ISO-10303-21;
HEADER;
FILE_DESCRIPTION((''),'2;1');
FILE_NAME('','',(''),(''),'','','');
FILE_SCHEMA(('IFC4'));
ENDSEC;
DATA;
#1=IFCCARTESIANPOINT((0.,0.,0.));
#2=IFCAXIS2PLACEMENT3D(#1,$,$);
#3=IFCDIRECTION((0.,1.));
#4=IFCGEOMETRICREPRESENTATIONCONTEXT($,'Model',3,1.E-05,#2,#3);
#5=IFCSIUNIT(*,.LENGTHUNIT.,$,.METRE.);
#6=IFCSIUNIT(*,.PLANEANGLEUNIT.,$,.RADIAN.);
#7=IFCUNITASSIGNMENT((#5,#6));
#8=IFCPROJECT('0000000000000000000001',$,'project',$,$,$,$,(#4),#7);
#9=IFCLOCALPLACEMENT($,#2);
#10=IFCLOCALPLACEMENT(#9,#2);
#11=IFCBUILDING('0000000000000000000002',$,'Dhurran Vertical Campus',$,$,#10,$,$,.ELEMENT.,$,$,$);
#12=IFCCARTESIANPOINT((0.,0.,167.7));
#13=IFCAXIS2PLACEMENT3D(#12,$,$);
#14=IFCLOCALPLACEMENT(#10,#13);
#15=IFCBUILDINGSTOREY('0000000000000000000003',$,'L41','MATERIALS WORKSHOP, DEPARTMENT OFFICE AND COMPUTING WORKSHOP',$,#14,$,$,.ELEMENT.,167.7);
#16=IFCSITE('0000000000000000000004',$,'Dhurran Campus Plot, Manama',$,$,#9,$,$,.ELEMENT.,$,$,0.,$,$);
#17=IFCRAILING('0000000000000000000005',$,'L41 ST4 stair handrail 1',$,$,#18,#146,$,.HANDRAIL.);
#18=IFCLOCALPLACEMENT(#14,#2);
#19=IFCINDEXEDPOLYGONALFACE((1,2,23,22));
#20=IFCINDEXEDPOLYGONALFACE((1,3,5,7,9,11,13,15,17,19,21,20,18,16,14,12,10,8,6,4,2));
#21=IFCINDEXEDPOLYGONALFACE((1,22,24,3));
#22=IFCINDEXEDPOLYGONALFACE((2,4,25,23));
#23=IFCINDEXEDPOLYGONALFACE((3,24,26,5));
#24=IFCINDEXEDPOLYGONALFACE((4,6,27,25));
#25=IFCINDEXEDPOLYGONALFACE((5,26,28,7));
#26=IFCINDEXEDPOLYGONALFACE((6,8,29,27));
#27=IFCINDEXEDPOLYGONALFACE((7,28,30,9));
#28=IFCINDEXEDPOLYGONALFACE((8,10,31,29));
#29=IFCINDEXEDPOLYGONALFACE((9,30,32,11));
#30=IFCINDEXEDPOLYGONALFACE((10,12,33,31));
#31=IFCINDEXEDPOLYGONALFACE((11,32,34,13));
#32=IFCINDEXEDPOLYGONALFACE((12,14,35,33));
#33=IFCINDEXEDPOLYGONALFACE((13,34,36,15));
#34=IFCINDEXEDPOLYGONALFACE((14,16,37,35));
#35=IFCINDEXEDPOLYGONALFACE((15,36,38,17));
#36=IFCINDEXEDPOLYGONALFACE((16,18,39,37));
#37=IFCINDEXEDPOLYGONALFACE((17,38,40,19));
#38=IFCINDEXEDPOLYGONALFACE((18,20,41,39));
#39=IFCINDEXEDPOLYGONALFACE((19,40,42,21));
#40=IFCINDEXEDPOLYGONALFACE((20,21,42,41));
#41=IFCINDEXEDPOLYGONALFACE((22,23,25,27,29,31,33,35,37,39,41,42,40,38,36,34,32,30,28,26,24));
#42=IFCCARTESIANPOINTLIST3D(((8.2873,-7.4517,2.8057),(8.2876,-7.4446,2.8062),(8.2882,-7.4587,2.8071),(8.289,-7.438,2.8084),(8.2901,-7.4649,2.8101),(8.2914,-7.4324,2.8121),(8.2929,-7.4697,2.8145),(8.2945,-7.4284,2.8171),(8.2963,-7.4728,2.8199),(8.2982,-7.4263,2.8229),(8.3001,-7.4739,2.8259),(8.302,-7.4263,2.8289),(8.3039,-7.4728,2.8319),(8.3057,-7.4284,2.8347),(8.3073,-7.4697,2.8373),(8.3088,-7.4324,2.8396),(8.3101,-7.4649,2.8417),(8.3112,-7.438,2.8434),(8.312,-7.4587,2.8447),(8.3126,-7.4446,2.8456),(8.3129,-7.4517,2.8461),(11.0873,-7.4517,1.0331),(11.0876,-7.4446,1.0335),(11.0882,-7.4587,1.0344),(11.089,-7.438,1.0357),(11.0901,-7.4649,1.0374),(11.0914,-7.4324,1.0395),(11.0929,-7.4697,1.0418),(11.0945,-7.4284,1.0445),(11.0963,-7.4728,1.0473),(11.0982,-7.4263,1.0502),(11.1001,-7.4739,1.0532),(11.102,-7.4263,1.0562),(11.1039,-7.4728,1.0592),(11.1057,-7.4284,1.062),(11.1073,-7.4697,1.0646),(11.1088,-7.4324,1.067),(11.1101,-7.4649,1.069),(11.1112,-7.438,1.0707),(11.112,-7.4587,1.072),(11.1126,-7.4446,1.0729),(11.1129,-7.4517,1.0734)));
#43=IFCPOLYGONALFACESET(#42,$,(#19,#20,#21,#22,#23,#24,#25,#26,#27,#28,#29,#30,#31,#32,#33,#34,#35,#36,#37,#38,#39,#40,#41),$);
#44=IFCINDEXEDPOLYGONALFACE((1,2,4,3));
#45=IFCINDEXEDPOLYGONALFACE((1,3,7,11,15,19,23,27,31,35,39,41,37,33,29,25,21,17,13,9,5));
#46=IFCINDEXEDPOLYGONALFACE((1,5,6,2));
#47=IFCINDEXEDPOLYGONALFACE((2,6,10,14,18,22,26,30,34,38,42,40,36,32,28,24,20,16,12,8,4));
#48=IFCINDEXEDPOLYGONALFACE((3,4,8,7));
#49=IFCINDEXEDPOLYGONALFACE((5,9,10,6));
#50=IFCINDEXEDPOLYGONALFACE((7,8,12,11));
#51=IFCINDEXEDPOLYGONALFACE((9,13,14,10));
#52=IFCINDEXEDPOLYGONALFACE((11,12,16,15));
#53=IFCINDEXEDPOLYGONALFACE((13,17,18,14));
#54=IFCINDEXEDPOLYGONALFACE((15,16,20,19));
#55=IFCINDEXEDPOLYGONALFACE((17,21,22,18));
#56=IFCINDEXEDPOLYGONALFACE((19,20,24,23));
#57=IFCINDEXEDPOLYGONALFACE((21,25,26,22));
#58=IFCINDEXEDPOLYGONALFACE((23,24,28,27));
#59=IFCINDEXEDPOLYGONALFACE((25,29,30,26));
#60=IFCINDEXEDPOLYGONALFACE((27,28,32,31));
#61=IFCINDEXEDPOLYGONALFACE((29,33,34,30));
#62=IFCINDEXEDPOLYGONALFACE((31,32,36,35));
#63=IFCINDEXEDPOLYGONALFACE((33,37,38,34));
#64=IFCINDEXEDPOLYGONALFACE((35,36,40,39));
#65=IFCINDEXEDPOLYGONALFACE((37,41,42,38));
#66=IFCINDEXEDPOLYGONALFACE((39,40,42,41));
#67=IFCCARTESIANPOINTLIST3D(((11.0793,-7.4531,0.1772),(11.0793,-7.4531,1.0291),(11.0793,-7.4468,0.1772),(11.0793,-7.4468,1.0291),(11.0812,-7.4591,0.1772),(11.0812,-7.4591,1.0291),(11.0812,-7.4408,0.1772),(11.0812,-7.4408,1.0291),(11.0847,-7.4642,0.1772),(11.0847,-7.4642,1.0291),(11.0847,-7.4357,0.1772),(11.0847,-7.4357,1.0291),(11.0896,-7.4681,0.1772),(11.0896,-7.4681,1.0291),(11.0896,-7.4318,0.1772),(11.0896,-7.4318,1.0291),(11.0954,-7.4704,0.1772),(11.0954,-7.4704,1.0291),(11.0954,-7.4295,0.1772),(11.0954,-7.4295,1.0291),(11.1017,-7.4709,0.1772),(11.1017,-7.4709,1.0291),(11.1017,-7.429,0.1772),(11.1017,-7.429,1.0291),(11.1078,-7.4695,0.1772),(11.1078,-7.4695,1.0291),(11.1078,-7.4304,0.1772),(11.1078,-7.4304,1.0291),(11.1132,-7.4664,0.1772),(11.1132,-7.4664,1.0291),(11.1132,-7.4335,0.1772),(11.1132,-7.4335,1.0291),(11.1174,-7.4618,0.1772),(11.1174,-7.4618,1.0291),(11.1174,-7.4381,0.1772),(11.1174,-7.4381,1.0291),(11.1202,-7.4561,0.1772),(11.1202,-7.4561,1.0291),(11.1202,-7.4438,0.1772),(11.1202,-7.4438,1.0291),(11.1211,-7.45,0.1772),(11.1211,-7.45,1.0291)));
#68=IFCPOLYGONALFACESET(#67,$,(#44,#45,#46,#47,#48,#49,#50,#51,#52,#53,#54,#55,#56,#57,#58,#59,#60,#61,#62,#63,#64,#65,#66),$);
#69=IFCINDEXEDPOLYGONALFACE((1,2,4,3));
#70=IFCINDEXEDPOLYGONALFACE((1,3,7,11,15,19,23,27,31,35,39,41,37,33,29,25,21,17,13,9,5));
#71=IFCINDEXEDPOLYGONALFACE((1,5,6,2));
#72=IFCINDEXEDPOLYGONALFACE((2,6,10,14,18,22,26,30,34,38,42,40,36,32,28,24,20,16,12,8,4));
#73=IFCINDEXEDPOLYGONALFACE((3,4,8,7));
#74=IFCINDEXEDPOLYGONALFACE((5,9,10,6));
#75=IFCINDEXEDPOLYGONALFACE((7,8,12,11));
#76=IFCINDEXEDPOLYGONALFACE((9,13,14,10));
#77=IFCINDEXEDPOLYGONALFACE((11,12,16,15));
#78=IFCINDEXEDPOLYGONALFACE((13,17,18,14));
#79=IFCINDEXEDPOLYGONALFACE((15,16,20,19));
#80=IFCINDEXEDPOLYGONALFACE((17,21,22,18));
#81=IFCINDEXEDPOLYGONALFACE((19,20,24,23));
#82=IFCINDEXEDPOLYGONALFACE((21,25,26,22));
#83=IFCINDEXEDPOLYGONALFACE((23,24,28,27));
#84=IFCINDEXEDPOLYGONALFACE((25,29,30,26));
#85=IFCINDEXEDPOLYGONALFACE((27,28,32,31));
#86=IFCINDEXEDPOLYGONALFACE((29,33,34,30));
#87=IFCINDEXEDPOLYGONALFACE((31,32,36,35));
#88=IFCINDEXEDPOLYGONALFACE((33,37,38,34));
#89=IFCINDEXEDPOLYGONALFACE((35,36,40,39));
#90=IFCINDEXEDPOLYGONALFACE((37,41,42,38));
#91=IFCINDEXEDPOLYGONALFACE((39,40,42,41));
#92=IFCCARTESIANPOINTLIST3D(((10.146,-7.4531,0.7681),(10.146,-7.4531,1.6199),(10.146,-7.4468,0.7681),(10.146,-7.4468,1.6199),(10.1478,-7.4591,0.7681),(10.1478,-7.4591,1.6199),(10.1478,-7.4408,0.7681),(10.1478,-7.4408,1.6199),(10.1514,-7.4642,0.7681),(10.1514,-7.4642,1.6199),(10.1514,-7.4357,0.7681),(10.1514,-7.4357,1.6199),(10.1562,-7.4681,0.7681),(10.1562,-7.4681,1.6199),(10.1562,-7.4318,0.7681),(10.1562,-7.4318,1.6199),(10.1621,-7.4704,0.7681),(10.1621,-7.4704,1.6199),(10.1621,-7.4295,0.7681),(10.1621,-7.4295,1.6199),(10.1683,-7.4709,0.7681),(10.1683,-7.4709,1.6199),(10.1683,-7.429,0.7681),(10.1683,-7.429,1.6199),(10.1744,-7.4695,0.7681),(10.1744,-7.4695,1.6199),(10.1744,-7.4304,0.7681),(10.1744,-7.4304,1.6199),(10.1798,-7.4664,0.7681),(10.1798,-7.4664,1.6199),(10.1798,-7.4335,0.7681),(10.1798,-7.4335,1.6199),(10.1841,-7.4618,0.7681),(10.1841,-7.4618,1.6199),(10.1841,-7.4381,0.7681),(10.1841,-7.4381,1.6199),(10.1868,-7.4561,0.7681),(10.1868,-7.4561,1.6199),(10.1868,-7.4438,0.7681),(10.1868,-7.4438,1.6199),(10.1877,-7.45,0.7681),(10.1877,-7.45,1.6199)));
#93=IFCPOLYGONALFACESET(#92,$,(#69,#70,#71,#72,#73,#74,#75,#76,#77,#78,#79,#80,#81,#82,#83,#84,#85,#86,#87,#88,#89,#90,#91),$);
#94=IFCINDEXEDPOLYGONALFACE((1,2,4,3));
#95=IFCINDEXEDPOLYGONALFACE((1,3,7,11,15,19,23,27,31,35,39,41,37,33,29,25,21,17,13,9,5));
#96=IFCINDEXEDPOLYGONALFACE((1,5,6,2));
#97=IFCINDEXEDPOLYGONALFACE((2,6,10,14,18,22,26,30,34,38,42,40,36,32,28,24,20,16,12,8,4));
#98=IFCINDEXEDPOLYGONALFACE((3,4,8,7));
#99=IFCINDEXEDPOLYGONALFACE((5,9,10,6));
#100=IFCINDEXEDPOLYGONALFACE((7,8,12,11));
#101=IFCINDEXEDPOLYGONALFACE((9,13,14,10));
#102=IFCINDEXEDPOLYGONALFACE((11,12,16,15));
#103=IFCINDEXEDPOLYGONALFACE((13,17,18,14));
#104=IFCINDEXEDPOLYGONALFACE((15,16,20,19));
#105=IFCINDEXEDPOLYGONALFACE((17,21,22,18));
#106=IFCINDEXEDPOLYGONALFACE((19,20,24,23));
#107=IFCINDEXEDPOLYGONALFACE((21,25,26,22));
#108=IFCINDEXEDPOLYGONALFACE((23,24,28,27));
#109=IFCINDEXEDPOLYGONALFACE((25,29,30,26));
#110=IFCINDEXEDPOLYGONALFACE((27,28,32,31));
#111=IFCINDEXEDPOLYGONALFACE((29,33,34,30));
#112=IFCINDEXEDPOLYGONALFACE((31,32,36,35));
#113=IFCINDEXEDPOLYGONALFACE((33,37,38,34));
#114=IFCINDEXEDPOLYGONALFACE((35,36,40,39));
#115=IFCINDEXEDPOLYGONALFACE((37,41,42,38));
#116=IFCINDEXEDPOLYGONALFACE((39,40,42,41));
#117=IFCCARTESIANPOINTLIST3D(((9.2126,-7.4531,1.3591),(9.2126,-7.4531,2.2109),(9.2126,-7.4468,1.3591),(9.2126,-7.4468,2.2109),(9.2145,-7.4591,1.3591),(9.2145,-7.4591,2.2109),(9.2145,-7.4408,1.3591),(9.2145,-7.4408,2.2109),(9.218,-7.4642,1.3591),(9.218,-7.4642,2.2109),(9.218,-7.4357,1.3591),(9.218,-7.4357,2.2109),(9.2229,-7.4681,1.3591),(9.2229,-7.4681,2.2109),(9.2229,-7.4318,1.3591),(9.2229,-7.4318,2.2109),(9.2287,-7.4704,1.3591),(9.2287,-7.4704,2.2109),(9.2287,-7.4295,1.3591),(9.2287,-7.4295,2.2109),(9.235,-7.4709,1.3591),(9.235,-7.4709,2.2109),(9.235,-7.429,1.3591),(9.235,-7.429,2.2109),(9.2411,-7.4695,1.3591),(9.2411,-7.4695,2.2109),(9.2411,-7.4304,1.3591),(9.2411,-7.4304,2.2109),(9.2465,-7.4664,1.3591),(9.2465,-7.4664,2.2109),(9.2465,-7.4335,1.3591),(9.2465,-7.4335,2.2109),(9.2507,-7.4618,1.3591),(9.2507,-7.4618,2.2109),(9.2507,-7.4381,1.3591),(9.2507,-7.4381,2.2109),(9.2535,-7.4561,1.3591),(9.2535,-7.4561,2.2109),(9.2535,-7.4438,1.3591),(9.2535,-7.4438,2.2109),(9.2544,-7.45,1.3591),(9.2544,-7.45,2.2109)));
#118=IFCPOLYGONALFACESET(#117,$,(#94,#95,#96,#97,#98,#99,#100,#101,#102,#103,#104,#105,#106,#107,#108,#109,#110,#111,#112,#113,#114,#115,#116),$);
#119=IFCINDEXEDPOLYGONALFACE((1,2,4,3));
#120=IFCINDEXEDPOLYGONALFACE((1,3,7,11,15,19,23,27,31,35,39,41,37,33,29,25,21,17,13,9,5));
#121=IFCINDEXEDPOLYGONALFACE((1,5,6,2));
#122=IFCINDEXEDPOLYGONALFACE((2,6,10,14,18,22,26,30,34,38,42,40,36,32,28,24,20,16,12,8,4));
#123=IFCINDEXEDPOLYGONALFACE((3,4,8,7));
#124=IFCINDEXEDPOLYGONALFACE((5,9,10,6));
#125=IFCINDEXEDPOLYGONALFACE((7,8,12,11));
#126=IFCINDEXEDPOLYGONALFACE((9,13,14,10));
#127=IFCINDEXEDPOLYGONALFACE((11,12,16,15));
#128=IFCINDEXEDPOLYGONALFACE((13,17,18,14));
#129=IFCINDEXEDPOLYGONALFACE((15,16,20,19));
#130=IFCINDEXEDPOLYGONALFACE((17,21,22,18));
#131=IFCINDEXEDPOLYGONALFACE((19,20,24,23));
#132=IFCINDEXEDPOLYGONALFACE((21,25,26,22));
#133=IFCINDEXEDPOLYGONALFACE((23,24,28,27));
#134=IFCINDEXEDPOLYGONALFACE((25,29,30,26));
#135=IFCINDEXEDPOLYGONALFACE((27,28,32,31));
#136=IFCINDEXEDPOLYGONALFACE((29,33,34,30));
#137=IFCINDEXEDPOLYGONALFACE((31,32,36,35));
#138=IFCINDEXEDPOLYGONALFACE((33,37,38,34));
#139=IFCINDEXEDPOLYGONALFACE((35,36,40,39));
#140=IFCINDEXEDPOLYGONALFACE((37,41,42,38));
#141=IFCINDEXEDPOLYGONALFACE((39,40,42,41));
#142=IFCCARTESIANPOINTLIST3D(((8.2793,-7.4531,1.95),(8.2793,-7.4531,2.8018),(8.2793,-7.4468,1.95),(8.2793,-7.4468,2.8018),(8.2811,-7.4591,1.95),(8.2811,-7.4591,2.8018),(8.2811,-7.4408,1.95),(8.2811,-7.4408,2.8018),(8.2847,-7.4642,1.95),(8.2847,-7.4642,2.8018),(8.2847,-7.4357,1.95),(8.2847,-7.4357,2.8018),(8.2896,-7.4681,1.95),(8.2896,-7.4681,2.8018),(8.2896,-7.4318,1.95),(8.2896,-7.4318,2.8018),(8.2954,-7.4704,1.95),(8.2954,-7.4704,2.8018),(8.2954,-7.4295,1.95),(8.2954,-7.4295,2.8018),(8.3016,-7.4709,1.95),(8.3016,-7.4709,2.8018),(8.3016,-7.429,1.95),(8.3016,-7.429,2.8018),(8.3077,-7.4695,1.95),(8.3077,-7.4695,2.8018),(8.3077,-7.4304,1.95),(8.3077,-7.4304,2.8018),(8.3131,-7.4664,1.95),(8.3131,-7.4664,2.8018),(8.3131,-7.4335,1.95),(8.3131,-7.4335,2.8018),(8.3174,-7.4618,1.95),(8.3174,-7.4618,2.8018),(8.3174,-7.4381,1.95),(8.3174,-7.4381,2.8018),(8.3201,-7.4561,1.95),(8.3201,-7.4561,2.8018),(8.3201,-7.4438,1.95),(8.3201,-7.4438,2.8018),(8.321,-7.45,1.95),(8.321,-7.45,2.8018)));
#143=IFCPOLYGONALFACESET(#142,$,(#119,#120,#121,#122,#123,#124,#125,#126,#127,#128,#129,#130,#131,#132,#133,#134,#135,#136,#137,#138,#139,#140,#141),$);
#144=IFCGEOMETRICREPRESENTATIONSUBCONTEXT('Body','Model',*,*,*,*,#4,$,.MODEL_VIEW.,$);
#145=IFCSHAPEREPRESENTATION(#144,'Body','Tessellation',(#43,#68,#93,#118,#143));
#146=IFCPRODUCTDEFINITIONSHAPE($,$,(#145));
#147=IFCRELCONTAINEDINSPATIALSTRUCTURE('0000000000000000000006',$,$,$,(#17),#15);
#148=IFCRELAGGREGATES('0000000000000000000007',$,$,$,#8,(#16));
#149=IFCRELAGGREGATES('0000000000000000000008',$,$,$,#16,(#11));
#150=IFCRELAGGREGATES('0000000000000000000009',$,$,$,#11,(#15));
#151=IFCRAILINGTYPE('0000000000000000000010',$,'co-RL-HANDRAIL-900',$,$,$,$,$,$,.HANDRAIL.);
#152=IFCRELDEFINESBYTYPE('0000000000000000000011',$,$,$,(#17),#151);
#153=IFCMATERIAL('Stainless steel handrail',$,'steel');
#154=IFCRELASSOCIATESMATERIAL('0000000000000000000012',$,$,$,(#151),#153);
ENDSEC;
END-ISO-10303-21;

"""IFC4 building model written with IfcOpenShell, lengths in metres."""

from ifc_helpers import new_model, si_unit, direction, frame, origin, origin_2d, place, context, subcontext, project, spatial, circle, extrude, material, type_object, element, save


model = new_model("IFC4")

# Units and contexts
model_context = context("Model", 3, precision=1e-05, world=origin(), true_north=direction((0.0, 1.0)))
body_context = subcontext(model_context, "Body", "Model", "MODEL_VIEW")
ifc_project = project(units=[si_unit("LENGTHUNIT", "METRE"), si_unit("PLANEANGLEUNIT", "RADIAN")], contexts=[model_context])

# Site, building, storey
site_placement = place(None, origin())
site = spatial("IfcSite", under=ifc_project, at=site_placement, Name="Dhurran Campus Plot, Manama", CompositionType="ELEMENT", RefElevation=0.0)
building_placement = place(site_placement, origin())
building = spatial("IfcBuilding", under=site, at=building_placement, Name="Dhurran Vertical Campus", CompositionType="ELEMENT")
storey_placement = place(building_placement, frame((0.0, 0.0, 167.7)))
storey = spatial("IfcBuildingStorey", under=building, at=storey_placement, Name="L41", Description="MATERIALS WORKSHOP, DEPARTMENT OFFICE AND COMPUTING WORKSHOP", CompositionType="ELEMENT", Elevation=167.7)

# Railing
ifc_material_1 = material(Name="Stainless steel handrail", Category="steel")
railing_type_1 = type_object("IfcRailingType", Name="co-RL-HANDRAIL-900", PredefinedType="HANDRAIL", material=ifc_material_1)
railing_1_placement = place(storey_placement, frame((11.1001, -7.45, 0.1772)))
element("IfcRailing", 1, at=railing_1_placement, inside=storey, type_object=railing_type_1, Name="L41 ST4 stair handrail 1", PredefinedType="HANDRAIL", context=body_context, shape_type="SweptSolid", body=[
    extrude(circle(Radius=0.0239, at=origin_2d()), frame((0.0, 0.0, 0.876), z_axis=(-0.844909, 0.0, 0.53491), x_axis=(0.0, -1.0, 0.0)), (0.0, 0.0, 1.0), 3.314),
    extrude(circle(Radius=0.021, at=origin_2d()), origin(), (0.0, 0.0, 1.0), 0.8518),
    extrude(circle(Radius=0.021, at=origin_2d()), frame((-0.9333, 0.0, 0.5908)), (0.0, 0.0, 1.0), 0.8518),
    extrude(circle(Radius=0.021, at=origin_2d()), frame((-1.8667, 0.0, 1.1819)), (0.0, 0.0, 1.0), 0.8518),
    extrude(circle(Radius=0.021, at=origin_2d()), frame((-2.8, 0.0, 1.7727)), (0.0, 0.0, 1.0), 0.8518),
])

save(model, "model.ifc")
